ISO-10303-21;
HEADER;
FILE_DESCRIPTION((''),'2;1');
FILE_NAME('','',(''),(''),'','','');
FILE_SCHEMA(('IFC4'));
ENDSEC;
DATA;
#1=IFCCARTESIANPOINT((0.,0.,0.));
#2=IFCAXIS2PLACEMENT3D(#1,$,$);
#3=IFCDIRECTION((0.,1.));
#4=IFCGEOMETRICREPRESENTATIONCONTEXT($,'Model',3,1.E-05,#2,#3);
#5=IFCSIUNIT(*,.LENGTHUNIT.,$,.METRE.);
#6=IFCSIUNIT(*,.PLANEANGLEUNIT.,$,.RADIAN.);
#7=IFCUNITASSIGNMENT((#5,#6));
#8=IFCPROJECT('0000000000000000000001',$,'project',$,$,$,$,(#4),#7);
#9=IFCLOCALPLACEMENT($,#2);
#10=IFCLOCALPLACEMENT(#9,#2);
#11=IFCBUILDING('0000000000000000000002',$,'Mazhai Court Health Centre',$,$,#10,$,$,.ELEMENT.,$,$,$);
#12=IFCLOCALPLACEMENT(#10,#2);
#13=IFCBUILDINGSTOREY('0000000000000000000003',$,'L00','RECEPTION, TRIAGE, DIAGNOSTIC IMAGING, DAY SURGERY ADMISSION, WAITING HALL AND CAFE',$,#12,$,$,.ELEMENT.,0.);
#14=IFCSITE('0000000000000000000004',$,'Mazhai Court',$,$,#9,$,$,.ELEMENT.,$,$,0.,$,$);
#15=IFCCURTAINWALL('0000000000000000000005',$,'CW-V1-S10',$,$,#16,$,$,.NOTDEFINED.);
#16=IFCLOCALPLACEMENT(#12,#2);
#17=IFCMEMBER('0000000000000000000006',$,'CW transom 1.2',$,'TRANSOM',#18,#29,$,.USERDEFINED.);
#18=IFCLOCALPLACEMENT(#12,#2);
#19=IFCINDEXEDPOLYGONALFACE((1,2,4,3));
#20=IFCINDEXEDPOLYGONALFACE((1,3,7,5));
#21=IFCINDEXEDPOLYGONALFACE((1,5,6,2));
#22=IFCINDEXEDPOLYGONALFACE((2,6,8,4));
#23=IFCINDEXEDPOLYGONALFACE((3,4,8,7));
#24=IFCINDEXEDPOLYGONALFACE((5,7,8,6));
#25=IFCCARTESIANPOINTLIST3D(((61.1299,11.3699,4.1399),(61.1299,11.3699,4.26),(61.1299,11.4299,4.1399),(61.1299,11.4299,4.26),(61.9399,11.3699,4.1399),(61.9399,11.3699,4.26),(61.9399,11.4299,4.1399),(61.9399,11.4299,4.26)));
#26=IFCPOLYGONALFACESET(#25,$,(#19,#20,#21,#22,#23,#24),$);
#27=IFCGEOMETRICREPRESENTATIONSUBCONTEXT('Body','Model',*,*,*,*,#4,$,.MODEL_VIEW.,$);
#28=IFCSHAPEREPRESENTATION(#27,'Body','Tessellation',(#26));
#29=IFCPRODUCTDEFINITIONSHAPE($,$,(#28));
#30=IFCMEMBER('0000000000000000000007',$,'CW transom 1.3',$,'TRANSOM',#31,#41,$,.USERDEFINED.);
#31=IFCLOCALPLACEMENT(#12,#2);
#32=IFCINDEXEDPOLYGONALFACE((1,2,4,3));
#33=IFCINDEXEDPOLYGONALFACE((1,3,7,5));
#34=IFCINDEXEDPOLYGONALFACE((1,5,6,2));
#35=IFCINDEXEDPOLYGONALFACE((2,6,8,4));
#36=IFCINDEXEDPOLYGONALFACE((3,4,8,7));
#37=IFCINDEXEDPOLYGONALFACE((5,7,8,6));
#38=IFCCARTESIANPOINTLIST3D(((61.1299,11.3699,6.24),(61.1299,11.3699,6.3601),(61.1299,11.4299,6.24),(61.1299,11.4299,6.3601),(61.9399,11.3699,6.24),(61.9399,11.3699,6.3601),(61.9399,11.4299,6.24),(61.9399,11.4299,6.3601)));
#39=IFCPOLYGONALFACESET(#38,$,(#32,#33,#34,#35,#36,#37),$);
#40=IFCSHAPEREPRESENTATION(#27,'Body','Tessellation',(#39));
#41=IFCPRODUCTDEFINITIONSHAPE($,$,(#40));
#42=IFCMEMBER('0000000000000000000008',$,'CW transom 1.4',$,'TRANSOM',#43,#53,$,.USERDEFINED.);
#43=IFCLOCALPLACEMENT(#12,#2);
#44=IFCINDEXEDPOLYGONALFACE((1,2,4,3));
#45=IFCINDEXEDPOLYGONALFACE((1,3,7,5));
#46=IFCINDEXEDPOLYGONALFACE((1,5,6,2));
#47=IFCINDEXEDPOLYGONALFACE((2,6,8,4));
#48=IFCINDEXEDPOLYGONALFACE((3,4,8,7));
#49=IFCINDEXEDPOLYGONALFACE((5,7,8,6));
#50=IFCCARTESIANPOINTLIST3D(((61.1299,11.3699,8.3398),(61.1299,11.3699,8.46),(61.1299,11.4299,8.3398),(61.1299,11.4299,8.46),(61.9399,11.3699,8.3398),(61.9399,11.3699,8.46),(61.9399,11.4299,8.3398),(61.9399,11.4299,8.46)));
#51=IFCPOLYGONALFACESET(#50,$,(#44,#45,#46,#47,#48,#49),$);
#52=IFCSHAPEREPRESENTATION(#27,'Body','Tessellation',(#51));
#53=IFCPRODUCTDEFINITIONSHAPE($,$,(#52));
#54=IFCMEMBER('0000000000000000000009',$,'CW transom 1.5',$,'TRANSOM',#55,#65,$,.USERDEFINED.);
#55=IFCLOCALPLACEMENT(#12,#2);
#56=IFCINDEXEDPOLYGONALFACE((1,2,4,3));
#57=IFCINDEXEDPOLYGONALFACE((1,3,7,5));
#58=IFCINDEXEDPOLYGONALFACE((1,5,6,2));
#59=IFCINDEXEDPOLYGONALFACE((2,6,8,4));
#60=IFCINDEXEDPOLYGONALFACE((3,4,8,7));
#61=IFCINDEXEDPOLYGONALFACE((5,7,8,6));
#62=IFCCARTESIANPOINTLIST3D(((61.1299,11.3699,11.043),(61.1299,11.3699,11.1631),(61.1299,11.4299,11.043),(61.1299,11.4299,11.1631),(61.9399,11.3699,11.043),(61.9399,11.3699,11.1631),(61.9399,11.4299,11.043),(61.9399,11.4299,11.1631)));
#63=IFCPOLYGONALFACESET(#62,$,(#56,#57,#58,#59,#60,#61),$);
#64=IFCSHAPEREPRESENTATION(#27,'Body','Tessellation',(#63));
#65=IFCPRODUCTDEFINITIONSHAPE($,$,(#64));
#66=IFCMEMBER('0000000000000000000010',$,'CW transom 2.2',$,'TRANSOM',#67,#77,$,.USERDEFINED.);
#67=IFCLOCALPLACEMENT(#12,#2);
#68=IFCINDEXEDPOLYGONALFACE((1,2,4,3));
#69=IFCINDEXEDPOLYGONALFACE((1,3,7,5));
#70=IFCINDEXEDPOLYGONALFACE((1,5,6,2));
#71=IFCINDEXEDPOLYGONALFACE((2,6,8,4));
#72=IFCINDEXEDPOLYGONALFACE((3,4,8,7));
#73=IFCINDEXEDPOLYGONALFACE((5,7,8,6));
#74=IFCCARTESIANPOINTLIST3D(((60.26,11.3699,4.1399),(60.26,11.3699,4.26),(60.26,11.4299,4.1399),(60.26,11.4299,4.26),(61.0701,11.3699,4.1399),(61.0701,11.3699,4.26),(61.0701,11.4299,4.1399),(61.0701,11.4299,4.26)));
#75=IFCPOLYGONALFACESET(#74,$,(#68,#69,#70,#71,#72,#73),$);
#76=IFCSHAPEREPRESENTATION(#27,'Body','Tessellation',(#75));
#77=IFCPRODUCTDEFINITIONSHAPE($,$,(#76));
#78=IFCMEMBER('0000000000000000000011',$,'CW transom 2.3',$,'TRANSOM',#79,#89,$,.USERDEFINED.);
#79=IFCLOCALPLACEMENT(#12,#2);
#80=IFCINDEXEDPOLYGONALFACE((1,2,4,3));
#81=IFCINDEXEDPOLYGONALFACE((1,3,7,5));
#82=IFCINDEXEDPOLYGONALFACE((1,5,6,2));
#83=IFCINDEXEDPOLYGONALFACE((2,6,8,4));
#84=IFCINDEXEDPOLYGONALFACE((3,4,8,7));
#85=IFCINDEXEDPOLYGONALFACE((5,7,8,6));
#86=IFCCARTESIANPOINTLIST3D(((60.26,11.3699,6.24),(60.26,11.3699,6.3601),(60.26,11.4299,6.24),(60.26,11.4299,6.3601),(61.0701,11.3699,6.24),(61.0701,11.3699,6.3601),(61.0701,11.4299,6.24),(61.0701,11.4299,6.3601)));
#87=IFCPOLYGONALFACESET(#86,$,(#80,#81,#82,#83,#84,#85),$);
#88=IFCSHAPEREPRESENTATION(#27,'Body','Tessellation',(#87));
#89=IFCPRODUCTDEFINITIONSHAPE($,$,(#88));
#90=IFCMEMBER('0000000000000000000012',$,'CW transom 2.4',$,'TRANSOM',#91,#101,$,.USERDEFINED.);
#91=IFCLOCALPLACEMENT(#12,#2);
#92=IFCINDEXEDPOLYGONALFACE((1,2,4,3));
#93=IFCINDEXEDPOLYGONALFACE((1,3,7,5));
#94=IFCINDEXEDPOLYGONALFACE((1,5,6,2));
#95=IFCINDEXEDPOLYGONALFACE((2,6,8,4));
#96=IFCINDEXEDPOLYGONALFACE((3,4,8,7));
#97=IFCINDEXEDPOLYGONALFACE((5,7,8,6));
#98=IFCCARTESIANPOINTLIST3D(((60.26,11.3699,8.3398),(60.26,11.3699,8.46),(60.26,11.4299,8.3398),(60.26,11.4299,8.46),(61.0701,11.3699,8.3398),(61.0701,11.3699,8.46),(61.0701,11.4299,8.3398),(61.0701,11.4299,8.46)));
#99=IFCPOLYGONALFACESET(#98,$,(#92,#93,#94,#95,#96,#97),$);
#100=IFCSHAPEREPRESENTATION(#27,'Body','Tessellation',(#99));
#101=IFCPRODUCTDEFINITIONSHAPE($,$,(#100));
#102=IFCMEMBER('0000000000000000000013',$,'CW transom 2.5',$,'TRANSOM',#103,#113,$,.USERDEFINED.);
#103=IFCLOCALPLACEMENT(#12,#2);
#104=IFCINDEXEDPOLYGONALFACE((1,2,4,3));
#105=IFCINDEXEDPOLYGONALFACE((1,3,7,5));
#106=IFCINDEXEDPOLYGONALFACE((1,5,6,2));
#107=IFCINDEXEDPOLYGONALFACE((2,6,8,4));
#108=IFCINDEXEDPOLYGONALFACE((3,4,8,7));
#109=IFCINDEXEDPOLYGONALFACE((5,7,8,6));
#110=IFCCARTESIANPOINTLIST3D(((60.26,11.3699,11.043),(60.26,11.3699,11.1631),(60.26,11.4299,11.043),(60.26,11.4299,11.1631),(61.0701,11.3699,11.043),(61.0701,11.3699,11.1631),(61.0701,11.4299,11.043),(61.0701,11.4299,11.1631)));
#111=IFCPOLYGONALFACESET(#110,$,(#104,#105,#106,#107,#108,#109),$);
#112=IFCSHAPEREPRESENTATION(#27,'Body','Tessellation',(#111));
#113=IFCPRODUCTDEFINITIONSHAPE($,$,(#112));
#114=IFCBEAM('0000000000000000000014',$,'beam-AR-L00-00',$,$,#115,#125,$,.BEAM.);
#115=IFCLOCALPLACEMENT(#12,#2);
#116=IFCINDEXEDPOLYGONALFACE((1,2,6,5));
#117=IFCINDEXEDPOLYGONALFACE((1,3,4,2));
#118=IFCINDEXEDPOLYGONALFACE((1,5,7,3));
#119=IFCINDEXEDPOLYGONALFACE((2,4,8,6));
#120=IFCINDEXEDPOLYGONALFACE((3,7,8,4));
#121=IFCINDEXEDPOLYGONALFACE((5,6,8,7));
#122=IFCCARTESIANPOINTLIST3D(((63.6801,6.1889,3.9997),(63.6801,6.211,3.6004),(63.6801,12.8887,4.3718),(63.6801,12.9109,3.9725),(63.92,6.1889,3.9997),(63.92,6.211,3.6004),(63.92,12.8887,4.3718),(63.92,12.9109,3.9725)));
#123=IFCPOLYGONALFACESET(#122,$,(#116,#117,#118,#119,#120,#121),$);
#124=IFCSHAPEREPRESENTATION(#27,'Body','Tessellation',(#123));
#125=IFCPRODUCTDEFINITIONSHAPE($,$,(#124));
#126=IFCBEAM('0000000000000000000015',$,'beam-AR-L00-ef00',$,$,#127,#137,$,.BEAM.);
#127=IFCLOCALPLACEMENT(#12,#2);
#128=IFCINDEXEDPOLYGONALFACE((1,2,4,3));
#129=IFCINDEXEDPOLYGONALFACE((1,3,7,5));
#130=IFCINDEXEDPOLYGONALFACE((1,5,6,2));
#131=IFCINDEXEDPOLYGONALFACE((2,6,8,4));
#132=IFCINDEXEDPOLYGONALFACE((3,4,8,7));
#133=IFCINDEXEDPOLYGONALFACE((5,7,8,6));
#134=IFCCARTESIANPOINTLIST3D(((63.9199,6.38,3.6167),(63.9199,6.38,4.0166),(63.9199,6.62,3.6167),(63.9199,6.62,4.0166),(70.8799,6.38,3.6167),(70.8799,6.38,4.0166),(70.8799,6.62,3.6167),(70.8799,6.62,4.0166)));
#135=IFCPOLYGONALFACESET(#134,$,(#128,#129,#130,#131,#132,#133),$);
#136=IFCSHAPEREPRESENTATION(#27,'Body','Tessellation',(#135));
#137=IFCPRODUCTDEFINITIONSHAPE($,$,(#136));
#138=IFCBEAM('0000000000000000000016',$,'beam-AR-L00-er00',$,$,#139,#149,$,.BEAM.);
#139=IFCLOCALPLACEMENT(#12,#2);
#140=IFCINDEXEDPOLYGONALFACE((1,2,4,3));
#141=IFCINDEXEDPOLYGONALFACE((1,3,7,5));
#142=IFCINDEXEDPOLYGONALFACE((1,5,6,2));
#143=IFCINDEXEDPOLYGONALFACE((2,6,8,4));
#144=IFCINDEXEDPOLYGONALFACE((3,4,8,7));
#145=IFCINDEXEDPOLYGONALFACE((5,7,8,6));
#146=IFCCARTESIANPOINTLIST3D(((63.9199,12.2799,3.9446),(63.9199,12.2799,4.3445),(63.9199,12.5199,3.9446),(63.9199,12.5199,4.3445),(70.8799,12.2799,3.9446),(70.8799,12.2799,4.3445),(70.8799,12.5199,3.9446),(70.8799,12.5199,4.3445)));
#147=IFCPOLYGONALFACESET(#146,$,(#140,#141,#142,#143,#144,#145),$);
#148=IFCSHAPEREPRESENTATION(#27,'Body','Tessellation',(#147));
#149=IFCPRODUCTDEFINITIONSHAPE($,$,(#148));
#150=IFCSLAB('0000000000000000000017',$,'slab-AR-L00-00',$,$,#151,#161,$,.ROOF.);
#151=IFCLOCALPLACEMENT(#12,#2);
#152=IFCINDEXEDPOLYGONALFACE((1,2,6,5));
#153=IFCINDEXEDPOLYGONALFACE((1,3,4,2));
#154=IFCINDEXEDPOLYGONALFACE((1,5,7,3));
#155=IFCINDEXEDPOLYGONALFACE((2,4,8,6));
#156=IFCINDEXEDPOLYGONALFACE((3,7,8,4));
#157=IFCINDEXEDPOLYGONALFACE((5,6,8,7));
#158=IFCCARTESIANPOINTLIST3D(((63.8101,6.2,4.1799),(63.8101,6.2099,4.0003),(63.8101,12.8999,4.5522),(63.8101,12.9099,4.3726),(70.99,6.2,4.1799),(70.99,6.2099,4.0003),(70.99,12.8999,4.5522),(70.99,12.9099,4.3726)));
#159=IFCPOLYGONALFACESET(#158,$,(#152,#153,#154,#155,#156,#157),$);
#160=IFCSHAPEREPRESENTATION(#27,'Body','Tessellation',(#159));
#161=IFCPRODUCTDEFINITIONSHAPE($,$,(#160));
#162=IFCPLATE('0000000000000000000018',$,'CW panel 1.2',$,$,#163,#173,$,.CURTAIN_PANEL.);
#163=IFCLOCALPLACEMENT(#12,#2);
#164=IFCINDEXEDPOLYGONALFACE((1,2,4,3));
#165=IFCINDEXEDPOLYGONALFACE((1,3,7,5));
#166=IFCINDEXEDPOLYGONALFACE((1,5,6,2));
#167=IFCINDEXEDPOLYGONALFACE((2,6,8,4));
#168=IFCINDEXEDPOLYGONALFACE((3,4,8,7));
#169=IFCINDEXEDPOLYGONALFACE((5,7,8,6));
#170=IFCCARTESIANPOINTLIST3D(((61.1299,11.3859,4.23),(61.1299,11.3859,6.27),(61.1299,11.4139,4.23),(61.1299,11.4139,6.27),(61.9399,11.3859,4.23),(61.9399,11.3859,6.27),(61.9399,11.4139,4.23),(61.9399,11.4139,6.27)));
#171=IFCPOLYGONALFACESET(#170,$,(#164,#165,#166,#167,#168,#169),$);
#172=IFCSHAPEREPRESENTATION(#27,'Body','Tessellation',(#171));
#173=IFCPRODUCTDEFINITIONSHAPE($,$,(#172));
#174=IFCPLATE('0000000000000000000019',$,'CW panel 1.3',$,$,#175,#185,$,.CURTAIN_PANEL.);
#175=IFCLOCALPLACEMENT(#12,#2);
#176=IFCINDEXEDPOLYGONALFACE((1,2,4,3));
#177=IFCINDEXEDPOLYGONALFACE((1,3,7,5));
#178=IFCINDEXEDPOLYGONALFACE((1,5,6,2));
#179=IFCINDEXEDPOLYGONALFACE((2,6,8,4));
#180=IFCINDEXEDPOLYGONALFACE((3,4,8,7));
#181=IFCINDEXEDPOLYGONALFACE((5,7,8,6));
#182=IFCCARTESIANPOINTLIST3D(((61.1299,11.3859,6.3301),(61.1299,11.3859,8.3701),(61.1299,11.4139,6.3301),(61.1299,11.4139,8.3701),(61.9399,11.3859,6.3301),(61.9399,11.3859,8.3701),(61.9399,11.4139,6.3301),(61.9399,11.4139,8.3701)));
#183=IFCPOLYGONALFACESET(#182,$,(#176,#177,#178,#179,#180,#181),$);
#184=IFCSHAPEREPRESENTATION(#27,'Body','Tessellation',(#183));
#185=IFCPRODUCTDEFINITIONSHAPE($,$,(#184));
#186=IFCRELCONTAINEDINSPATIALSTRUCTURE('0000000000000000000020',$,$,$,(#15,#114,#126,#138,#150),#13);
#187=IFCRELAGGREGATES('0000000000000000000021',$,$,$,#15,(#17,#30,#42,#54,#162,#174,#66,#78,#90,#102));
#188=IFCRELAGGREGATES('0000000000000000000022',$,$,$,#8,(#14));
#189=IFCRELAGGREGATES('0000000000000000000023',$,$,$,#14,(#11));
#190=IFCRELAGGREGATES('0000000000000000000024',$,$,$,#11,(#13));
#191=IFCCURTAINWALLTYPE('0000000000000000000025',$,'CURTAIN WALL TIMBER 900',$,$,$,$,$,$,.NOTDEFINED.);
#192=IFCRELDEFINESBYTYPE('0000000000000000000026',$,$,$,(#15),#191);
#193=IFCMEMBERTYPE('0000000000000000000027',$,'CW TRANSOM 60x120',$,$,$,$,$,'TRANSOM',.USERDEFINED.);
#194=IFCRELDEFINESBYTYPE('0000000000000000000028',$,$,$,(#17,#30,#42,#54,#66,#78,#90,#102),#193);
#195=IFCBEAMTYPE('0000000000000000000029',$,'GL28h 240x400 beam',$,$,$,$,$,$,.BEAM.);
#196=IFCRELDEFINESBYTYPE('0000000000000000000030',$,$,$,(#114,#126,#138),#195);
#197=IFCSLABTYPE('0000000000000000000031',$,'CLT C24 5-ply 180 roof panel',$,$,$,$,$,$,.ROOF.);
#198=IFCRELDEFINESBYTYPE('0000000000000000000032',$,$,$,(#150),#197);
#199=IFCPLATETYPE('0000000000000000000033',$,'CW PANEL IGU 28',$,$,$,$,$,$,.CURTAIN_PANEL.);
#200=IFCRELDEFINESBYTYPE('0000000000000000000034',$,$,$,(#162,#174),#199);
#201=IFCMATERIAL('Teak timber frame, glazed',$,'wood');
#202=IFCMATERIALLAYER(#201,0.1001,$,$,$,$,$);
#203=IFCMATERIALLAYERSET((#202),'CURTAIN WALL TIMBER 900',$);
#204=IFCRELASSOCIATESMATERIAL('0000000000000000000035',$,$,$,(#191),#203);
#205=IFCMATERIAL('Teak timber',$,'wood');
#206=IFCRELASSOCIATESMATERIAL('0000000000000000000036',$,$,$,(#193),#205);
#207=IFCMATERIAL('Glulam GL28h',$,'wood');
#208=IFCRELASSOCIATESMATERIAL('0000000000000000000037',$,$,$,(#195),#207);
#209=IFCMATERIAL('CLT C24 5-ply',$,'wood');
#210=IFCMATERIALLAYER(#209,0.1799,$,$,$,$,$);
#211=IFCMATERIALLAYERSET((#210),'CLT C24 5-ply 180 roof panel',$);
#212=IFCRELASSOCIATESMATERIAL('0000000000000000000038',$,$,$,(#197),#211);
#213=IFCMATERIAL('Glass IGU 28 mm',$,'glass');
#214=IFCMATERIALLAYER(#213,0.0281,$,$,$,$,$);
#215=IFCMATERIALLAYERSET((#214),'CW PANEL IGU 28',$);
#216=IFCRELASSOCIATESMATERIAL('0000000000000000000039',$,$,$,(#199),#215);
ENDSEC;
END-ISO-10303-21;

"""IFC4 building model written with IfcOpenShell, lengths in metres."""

from ifc_helpers import new_model, si_unit, direction, frame, origin, origin_2d, place, context, subcontext, project, spatial, polyline, rectangle, outline, extrude, material, layer, layer_set, material_profile, profile_set, type_object, element, aggregate, save


model = new_model("IFC4")

# Units and contexts
model_context = context("Model", 3, precision=1e-05, world=origin(), true_north=direction((0.0, 1.0)))
body_context = subcontext(model_context, "Body", "Model", "MODEL_VIEW")
ifc_project = project(units=[si_unit("LENGTHUNIT", "METRE"), si_unit("PLANEANGLEUNIT", "RADIAN")], contexts=[model_context])

# Site, building, storey
site_placement = place(None, origin())
site = spatial("IfcSite", under=ifc_project, at=site_placement, Name="Mazhai Court", CompositionType="ELEMENT", RefElevation=0.0)
building_placement = place(site_placement, origin())
building = spatial("IfcBuilding", under=site, at=building_placement, Name="Mazhai Court Health Centre", CompositionType="ELEMENT")
storey_placement = place(building_placement, origin())
storey = spatial("IfcBuildingStorey", under=building, at=storey_placement, Name="L00", Description="RECEPTION, TRIAGE, DIAGNOSTIC IMAGING, DAY SURGERY ADMISSION, WAITING HALL AND CAFE", CompositionType="ELEMENT", Elevation=0.0)

# Curtain wall, members
ifc_material_1 = material(Name="Teak timber frame, glazed", Category="wood")
ifc_layer_1 = layer(ifc_material_1, 0.1001)
ifc_layer_set_1 = layer_set([ifc_layer_1], Name="CURTAIN WALL TIMBER 900")
curtain_wall_type = type_object("IfcCurtainWallType", Name="CURTAIN WALL TIMBER 900", PredefinedType="NOTDEFINED", material=ifc_layer_set_1)
curtain_wall_placement = place(storey_placement, origin())
curtain_wall = element("IfcCurtainWall", 1, at=curtain_wall_placement, inside=storey, type_object=curtain_wall_type, Name="CW-V1-S10", PredefinedType="NOTDEFINED")
ifc_material_2 = material(Name="Teak timber", Category="wood")
ifc_material_profile_1 = material_profile(ifc_material_2, rectangle(XDim=0.0601, YDim=0.1201, at=origin_2d()), Name="CW TRANSOM 60x120")
ifc_profile_set_1 = profile_set([ifc_material_profile_1], Name="Teak timber")
member_type = type_object("IfcMemberType", Name="CW TRANSOM 60x120", ElementType="TRANSOM", PredefinedType="USERDEFINED", material=ifc_profile_set_1)
member_1_placement = place(storey_placement, frame((61.9399, 11.3999, 4.2), z_axis=(-1.0, 0.0, 0.0), x_axis=(0.0, -1.0, 0.0)))
member_1 = element("IfcMember", 2, at=member_1_placement, type_object=member_type, Name="CW transom 1.2", ObjectType="TRANSOM", PredefinedType="USERDEFINED", context=body_context, shape_type="SweptSolid", body=[
    extrude(rectangle(XDim=0.0601, YDim=0.1201, at=origin_2d()), origin(), (0.0, 0.0, 1.0), 0.8101),
])
member_2_placement = place(storey_placement, frame((61.9399, 11.3999, 6.3), z_axis=(-1.0, 0.0, 0.0), x_axis=(0.0, -1.0, 0.0)))
member_2 = element("IfcMember", 3, at=member_2_placement, type_object=member_type, Name="CW transom 1.3", ObjectType="TRANSOM", PredefinedType="USERDEFINED", context=body_context, shape_type="SweptSolid", body=[
    extrude(rectangle(XDim=0.0601, YDim=0.1201, at=origin_2d()), origin(), (0.0, 0.0, 1.0), 0.8101),
])
member_3_placement = place(storey_placement, frame((61.9399, 11.3999, 8.3999), z_axis=(-1.0, 0.0, 0.0), x_axis=(0.0, -1.0, 0.0)))
member_3 = element("IfcMember", 4, at=member_3_placement, type_object=member_type, Name="CW transom 1.4", ObjectType="TRANSOM", PredefinedType="USERDEFINED", context=body_context, shape_type="SweptSolid", body=[
    extrude(rectangle(XDim=0.0601, YDim=0.1201, at=origin_2d()), origin(), (0.0, 0.0, 1.0), 0.8101),
])
member_4_placement = place(storey_placement, frame((61.9399, 11.3999, 11.103), z_axis=(-1.0, 0.0, 0.0), x_axis=(0.0, -1.0, 0.0)))
member_4 = element("IfcMember", 5, at=member_4_placement, type_object=member_type, Name="CW transom 1.5", ObjectType="TRANSOM", PredefinedType="USERDEFINED", context=body_context, shape_type="SweptSolid", body=[
    extrude(rectangle(XDim=0.0601, YDim=0.1201, at=origin_2d()), origin(), (0.0, 0.0, 1.0), 0.8101),
])
member_5_placement = place(storey_placement, frame((61.0701, 11.3999, 4.2), z_axis=(-1.0, 0.0, 0.0), x_axis=(0.0, -1.0, 0.0)))
member_5 = element("IfcMember", 6, at=member_5_placement, type_object=member_type, Name="CW transom 2.2", ObjectType="TRANSOM", PredefinedType="USERDEFINED", context=body_context, shape_type="SweptSolid", body=[
    extrude(rectangle(XDim=0.0601, YDim=0.1201, at=origin_2d()), origin(), (0.0, 0.0, 1.0), 0.8101),
])
member_6_placement = place(storey_placement, frame((61.0701, 11.3999, 6.3), z_axis=(-1.0, 0.0, 0.0), x_axis=(0.0, -1.0, 0.0)))
member_6 = element("IfcMember", 7, at=member_6_placement, type_object=member_type, Name="CW transom 2.3", ObjectType="TRANSOM", PredefinedType="USERDEFINED", context=body_context, shape_type="SweptSolid", body=[
    extrude(rectangle(XDim=0.0601, YDim=0.1201, at=origin_2d()), origin(), (0.0, 0.0, 1.0), 0.8101),
])
member_7_placement = place(storey_placement, frame((61.0701, 11.3999, 8.3999), z_axis=(-1.0, 0.0, 0.0), x_axis=(0.0, -1.0, 0.0)))
member_7 = element("IfcMember", 8, at=member_7_placement, type_object=member_type, Name="CW transom 2.4", ObjectType="TRANSOM", PredefinedType="USERDEFINED", context=body_context, shape_type="SweptSolid", body=[
    extrude(rectangle(XDim=0.0601, YDim=0.1201, at=origin_2d()), origin(), (0.0, 0.0, 1.0), 0.8101),
])
member_8_placement = place(storey_placement, frame((61.0701, 11.3999, 11.103), z_axis=(-1.0, 0.0, 0.0), x_axis=(0.0, -1.0, 0.0)))
member_8 = element("IfcMember", 9, at=member_8_placement, type_object=member_type, Name="CW transom 2.5", ObjectType="TRANSOM", PredefinedType="USERDEFINED", context=body_context, shape_type="SweptSolid", body=[
    extrude(rectangle(XDim=0.0601, YDim=0.1201, at=origin_2d()), origin(), (0.0, 0.0, 1.0), 0.8101),
])

# Beams
ifc_material_3 = material(Name="Glulam GL28h", Category="wood")
ifc_material_profile_2 = material_profile(ifc_material_3, rectangle(XDim=0.24, YDim=0.3999, at=origin_2d()), Name="GL28h 240x400")
ifc_profile_set_2 = profile_set([ifc_material_profile_2], Name="Glulam GL28h")
beam_type = type_object("IfcBeamType", Name="GL28h 240x400 beam", PredefinedType="BEAM", material=ifc_profile_set_2)
beam_placement = place(storey_placement, frame((63.8, 6.2, 3.8), z_axis=(0.0, 0.998462, 0.055448), x_axis=(-1.0, 0.0, 0.0)))
element("IfcBeam", 10, at=beam_placement, inside=storey, type_object=beam_type, Name="beam-AR-L00-00", PredefinedType="BEAM", context=body_context, shape_type="SweptSolid", body=[
    extrude(rectangle(XDim=0.24, YDim=0.3999, at=origin_2d()), origin(), (0.0, 0.0, 1.0), 6.7102),
])
for number, where, z_axis, x_axis, name in (
    (11, (63.9199, 6.5, 3.8167), (1.0, 0.0, 0.0), (0.0, 1.0, 0.0), "beam-AR-L00-ef00"),
    (12, (63.9199, 12.3999, 4.1445), (1.0, 0.0, 0.0), (0.0, 1.0, 0.0), "beam-AR-L00-er00"),
):
    element("IfcBeam", number, at=place(storey_placement, frame(where, z_axis=z_axis, x_axis=x_axis)), inside=storey, type_object=beam_type, Name=name, PredefinedType="BEAM", context=body_context, shape_type="SweptSolid", body=[
        extrude(rectangle(XDim=0.24, YDim=0.3999, at=origin_2d()), origin(), (0.0, 0.0, 1.0), 6.96),
    ])

# Slab
ifc_material_4 = material(Name="CLT C24 5-ply", Category="wood")
ifc_layer_2 = layer(ifc_material_4, 0.1799)
ifc_layer_set_2 = layer_set([ifc_layer_2], Name="CLT C24 5-ply 180 roof panel")
slab_type = type_object("IfcSlabType", Name="CLT C24 5-ply 180 roof panel", PredefinedType="ROOF", material=ifc_layer_set_2)
slab_placement = place(storey_placement, frame((63.8101, 6.2, 4.1799), z_axis=(0.0, -0.055484, 0.99846), x_axis=(1.0, 0.0, 0.0)))
element("IfcSlab", 13, at=slab_placement, inside=storey, type_object=slab_type, Name="slab-AR-L00-00", PredefinedType="ROOF", context=body_context, shape_type="SweptSolid", body=[
    extrude(outline(polyline([(0.0, 0.0), (7.1799, 0.0), (7.1799, 6.7103), (0.0, 6.7103), (0.0, 0.0)])), origin(), (0.0, 0.0, -1.0), 0.1799),
])

# Plates
ifc_material_5 = material(Name="Glass IGU 28 mm", Category="glass")
ifc_layer_3 = layer(ifc_material_5, 0.0281)
ifc_layer_set_3 = layer_set([ifc_layer_3], Name="CW PANEL IGU 28")
plate_type = type_object("IfcPlateType", Name="CW PANEL IGU 28", PredefinedType="CURTAIN_PANEL", material=ifc_layer_set_3)
plate_1_placement = place(storey_placement, frame((61.5349, 11.3999, 4.23), z_axis=(0.0, 0.0, 1.0), x_axis=(-1.0, 0.0, 0.0)))
plate_1 = element("IfcPlate", 14, at=plate_1_placement, type_object=plate_type, Name="CW panel 1.2", PredefinedType="CURTAIN_PANEL", context=body_context, shape_type="SweptSolid", body=[
    extrude(rectangle(XDim=0.8101, YDim=0.0281, at=origin_2d()), origin(), (0.0, 0.0, 1.0), 2.04),
])
plate_2_placement = place(storey_placement, frame((61.5349, 11.3999, 6.3301), z_axis=(0.0, 0.0, 1.0), x_axis=(-1.0, 0.0, 0.0)))
plate_2 = element("IfcPlate", 15, at=plate_2_placement, type_object=plate_type, Name="CW panel 1.3", PredefinedType="CURTAIN_PANEL", context=body_context, shape_type="SweptSolid", body=[
    extrude(rectangle(XDim=0.8101, YDim=0.0281, at=origin_2d()), origin(), (0.0, 0.0, 1.0), 2.04),
])
aggregate(curtain_wall, [member_1, member_2, member_3, member_4, plate_1, plate_2, member_5, member_6, member_7, member_8])

save(model, "model.ifc")
